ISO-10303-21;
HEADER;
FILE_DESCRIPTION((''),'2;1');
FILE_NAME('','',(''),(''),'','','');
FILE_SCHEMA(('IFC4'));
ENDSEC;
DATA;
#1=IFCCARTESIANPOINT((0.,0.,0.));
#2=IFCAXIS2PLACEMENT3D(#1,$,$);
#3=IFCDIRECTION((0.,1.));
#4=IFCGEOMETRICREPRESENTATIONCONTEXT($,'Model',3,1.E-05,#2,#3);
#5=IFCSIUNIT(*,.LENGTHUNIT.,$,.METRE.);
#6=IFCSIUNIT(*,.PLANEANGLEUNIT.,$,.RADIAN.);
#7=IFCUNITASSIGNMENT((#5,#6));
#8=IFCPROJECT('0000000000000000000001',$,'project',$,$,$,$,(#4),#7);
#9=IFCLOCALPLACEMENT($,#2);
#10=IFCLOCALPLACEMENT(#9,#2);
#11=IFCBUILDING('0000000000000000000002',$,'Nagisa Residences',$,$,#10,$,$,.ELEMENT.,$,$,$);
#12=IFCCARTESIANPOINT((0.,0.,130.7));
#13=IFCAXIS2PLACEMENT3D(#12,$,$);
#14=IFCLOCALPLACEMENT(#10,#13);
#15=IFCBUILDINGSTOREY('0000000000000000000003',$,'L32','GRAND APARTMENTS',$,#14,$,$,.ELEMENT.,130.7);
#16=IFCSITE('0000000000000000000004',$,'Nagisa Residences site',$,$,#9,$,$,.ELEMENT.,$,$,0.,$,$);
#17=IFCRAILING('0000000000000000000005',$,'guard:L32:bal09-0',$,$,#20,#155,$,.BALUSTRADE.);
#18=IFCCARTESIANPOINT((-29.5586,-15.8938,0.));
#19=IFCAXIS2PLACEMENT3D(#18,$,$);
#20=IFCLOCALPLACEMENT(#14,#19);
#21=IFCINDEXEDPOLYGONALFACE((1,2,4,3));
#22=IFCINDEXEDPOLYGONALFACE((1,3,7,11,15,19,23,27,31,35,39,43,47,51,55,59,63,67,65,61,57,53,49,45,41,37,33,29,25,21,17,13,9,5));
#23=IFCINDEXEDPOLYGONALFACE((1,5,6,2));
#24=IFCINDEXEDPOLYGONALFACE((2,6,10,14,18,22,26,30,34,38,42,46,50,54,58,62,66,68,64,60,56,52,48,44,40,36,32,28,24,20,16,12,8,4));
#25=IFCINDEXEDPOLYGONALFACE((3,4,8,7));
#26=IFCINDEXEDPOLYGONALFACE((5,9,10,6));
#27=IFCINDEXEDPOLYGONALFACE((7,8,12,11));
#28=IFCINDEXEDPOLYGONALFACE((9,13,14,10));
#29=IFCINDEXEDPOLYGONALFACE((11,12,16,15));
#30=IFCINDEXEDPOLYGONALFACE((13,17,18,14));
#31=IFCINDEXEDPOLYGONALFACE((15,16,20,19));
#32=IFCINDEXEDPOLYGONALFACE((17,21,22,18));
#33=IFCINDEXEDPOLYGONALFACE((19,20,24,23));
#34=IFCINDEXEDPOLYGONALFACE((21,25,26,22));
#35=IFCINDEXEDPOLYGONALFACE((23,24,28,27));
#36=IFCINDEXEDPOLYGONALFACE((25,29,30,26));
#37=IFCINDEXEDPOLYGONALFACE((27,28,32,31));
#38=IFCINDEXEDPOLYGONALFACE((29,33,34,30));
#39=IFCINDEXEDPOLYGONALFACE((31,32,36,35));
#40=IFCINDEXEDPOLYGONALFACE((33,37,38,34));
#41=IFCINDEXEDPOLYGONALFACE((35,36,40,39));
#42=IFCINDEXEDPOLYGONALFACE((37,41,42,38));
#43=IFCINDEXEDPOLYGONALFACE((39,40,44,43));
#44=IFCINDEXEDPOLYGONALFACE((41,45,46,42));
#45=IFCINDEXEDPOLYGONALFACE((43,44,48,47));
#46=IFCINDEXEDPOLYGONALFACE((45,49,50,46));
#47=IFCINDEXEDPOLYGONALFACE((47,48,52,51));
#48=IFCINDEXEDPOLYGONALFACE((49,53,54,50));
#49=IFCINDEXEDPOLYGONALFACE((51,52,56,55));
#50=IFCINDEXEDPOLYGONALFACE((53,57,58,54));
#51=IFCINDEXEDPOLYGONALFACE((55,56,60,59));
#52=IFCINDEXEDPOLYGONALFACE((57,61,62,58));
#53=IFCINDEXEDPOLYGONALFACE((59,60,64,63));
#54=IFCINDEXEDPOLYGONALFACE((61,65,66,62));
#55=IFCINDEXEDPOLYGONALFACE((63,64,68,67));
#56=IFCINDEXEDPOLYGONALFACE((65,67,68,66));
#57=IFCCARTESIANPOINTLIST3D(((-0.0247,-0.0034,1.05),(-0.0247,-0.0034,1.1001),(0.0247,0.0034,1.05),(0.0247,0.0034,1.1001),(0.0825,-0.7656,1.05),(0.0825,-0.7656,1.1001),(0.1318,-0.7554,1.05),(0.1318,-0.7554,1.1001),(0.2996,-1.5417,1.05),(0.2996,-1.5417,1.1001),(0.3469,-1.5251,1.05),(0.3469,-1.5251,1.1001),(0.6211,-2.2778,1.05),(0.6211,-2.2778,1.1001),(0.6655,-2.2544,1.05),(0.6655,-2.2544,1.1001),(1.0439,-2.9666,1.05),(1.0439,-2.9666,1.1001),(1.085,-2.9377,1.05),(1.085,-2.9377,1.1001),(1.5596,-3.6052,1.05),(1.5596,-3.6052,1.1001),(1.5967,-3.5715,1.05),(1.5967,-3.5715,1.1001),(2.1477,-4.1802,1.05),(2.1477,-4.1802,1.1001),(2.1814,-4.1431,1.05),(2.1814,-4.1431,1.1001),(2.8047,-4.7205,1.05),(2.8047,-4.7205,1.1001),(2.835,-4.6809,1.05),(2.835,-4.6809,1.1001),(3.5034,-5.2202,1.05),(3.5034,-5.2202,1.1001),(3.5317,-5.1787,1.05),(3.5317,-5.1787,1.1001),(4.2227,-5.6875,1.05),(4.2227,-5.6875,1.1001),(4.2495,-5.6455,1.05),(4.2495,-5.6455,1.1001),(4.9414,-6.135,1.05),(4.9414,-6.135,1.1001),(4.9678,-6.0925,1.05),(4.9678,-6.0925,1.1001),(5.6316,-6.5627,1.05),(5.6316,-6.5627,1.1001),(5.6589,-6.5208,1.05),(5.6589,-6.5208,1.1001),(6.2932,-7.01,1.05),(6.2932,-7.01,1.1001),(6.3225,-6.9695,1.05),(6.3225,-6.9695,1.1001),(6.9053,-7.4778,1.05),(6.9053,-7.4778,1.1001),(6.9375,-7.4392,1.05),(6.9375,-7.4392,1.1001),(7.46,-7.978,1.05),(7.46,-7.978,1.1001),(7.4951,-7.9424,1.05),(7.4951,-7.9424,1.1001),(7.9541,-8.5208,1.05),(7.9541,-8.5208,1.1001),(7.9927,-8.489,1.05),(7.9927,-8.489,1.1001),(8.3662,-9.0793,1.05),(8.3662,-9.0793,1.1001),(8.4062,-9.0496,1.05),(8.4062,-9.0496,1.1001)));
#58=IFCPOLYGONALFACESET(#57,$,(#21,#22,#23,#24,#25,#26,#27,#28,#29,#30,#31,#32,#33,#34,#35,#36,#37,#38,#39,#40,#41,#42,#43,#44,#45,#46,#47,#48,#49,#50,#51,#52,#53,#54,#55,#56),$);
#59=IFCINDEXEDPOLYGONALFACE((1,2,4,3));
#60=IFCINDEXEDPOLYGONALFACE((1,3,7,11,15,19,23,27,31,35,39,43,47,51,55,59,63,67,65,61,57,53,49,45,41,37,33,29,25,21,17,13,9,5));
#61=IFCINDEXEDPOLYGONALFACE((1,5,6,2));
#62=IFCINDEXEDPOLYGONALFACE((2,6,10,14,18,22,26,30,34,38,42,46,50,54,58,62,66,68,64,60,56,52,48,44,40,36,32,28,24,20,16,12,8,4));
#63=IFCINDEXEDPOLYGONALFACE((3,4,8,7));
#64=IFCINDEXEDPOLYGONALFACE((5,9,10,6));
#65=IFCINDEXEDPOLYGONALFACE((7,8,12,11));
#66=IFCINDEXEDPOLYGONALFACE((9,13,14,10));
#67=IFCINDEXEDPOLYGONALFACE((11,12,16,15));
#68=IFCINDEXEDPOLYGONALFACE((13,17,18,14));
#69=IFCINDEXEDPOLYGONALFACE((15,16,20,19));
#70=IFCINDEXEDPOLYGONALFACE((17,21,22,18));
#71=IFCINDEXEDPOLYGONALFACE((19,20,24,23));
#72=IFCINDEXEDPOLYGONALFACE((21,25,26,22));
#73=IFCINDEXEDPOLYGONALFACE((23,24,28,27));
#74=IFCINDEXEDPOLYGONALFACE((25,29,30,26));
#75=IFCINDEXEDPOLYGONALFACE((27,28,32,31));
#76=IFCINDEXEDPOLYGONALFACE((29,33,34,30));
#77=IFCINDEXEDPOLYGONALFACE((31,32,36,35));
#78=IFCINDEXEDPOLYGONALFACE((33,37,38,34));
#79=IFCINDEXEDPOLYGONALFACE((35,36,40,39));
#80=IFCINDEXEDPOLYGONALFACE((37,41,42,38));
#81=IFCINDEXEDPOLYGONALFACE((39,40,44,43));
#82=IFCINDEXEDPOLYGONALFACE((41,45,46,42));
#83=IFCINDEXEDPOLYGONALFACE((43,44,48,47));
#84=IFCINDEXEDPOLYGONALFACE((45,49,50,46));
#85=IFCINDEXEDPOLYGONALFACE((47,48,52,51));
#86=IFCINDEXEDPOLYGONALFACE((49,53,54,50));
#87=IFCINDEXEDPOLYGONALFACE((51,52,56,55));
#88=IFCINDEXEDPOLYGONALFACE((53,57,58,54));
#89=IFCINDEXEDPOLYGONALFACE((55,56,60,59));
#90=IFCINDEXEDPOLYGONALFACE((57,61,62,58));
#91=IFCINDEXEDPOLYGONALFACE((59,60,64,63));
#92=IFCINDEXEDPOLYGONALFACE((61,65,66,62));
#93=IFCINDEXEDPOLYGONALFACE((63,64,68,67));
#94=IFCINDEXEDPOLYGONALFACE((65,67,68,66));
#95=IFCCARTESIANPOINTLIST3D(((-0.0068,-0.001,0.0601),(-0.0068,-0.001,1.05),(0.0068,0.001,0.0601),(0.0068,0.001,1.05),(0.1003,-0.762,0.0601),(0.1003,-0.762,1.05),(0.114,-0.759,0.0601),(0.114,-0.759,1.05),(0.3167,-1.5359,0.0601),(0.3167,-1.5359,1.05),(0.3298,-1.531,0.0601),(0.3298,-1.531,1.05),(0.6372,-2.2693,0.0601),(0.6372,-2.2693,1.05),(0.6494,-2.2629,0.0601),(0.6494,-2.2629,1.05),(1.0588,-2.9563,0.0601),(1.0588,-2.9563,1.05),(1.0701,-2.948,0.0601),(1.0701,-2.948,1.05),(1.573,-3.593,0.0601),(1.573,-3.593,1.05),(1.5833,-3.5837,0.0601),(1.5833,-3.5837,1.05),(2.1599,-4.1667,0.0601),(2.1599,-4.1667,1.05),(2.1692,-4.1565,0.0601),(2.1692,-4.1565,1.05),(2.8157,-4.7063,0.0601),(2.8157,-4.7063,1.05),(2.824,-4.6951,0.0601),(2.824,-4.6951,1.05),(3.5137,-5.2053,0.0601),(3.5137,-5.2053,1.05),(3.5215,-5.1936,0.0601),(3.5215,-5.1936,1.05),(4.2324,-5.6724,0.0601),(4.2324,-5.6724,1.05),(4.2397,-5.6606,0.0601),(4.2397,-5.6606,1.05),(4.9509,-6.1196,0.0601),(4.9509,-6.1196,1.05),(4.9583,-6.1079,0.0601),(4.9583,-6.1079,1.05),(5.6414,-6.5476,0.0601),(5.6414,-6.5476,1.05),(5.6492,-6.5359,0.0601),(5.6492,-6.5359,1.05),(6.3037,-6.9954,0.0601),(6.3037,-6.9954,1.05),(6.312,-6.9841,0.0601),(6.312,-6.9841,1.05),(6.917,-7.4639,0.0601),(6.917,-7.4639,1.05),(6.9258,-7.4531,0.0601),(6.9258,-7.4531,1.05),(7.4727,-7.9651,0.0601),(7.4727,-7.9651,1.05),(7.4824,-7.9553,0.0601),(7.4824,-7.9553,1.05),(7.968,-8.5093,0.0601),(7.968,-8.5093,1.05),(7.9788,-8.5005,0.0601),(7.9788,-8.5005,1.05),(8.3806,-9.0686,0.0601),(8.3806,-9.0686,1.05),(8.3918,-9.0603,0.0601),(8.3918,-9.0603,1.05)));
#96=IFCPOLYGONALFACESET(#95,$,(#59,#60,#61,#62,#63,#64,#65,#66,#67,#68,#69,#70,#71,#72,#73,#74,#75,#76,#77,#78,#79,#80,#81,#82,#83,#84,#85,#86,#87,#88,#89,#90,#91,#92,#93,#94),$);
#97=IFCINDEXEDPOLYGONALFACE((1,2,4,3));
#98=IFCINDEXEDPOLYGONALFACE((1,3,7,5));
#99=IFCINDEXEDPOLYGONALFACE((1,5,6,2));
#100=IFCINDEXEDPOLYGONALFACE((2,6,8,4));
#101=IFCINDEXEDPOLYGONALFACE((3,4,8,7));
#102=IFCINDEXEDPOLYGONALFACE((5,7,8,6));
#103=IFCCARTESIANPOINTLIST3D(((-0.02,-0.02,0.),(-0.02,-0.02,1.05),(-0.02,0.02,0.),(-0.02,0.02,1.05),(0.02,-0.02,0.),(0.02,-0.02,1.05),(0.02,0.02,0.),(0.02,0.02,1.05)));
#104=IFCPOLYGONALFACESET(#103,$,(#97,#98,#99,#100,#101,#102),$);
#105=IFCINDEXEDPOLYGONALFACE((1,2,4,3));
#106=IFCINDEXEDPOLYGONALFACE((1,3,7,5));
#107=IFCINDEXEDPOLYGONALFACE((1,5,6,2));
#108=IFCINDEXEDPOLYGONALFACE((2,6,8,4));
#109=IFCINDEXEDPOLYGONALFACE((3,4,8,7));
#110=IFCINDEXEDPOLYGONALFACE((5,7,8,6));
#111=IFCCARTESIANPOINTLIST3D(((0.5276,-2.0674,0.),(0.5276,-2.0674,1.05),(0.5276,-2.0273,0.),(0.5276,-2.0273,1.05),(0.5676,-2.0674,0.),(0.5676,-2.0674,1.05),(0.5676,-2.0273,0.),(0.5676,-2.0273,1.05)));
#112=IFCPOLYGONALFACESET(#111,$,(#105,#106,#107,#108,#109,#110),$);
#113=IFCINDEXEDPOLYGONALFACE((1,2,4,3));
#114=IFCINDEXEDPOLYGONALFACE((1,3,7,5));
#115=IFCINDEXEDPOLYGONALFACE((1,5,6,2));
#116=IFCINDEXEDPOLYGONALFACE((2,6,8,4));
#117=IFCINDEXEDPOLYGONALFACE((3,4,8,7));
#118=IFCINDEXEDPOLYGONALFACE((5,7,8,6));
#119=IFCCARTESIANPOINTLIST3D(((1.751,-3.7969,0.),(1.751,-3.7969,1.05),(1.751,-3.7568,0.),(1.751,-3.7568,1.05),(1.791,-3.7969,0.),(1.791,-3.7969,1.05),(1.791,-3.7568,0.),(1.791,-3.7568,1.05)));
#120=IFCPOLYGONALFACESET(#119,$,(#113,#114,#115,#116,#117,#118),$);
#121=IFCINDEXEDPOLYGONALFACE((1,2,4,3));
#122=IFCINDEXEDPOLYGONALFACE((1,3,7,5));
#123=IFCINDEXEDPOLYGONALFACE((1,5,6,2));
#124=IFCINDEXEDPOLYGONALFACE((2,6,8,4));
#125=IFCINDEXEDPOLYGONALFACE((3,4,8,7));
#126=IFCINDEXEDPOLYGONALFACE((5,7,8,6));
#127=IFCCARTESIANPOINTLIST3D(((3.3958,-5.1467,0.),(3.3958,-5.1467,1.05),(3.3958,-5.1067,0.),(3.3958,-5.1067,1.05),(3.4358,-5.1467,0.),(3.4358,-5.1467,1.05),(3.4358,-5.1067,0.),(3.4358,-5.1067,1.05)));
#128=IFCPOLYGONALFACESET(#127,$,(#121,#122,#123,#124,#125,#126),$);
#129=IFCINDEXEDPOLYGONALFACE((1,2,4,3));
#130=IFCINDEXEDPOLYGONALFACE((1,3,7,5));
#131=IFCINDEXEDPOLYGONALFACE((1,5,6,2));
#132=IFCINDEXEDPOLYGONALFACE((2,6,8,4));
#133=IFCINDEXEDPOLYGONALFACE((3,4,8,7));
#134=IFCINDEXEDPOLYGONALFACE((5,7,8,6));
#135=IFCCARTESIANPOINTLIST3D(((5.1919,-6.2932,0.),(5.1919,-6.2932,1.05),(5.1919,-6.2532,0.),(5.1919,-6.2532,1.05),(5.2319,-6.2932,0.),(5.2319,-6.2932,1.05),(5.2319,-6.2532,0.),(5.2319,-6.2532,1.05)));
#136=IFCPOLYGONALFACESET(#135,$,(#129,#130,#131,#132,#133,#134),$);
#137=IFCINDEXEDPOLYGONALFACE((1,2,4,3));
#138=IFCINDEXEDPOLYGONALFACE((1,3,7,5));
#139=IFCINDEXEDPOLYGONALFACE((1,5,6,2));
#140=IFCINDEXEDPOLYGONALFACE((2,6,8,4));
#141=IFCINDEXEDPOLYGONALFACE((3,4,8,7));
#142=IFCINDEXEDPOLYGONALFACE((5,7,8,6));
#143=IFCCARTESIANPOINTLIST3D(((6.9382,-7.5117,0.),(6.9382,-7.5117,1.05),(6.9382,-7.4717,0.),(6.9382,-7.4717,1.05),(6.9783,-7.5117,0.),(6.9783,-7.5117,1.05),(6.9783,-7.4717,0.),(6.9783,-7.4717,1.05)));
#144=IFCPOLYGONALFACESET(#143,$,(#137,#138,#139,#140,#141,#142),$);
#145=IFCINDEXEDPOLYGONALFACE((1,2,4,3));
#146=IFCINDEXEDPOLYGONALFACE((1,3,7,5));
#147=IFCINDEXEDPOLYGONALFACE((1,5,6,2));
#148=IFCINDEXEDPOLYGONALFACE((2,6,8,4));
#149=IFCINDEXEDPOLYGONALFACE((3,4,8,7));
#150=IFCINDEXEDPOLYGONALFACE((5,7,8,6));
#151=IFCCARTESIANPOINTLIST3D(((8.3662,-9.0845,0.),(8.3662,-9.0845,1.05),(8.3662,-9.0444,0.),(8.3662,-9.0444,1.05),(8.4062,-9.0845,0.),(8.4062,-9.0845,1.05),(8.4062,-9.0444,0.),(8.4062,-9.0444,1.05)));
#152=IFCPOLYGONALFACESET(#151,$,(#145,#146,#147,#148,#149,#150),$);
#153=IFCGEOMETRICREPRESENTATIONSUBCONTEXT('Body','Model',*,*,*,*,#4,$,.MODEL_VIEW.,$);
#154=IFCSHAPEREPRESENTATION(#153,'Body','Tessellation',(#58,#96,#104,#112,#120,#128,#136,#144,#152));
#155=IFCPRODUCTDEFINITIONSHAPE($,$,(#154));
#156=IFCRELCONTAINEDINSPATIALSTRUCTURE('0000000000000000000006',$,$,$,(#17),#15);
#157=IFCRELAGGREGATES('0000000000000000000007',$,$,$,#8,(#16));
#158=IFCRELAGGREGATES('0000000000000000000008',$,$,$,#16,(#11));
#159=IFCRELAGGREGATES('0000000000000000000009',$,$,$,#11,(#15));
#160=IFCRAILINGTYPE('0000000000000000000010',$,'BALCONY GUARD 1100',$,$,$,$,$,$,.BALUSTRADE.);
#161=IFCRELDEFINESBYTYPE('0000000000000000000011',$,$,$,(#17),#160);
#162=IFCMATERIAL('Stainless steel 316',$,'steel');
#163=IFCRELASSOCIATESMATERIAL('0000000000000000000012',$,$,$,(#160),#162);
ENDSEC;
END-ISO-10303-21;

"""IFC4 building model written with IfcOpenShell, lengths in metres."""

from ifc_helpers import new_model, si_unit, direction, frame, origin, origin_2d, place, context, subcontext, project, spatial, polyline, rectangle, outline, extrude, material, type_object, element, save


model = new_model("IFC4")

# Units and contexts
model_context = context("Model", 3, precision=1e-05, world=origin(), true_north=direction((0.0, 1.0)))
body_context = subcontext(model_context, "Body", "Model", "MODEL_VIEW")
ifc_project = project(units=[si_unit("LENGTHUNIT", "METRE"), si_unit("PLANEANGLEUNIT", "RADIAN")], contexts=[model_context])

# Site, building, storey
site_placement = place(None, origin())
site = spatial("IfcSite", under=ifc_project, at=site_placement, Name="Nagisa Residences site", CompositionType="ELEMENT", RefElevation=0.0)
building_placement = place(site_placement, origin())
building = spatial("IfcBuilding", under=site, at=building_placement, Name="Nagisa Residences", CompositionType="ELEMENT")
storey_placement = place(building_placement, frame((0.0, 0.0, 130.7)))
storey = spatial("IfcBuildingStorey", under=building, at=storey_placement, Name="L32", Description="GRAND APARTMENTS", CompositionType="ELEMENT", Elevation=130.7)

# Railing
ifc_material_1 = material(Name="Stainless steel 316", Category="steel")
railing_type = type_object("IfcRailingType", Name="BALCONY GUARD 1100", PredefinedType="BALUSTRADE", material=ifc_material_1)
railing_1_placement = place(storey_placement, frame((-29.5586, -15.8938, 0.0)))
element("IfcRailing", 1, at=railing_1_placement, inside=storey, type_object=railing_type, Name="guard:L32:bal09-0", PredefinedType="BALUSTRADE", context=body_context, shape_type="SweptSolid", body=[
    extrude(outline(polyline([(0.1318, -0.7554), (0.0247, 0.0034), (-0.0247, -0.0034), (0.0825, -0.7656), (0.2996, -1.5417), (0.6211, -2.2778), (1.0439, -2.9666), (1.5596, -3.6052), (2.1477, -4.1802), (2.8047, -4.7205), (3.5034, -5.2202), (4.2227, -5.6875), (4.9414, -6.135), (5.6316, -6.5627), (6.2932, -7.01), (6.9053, -7.4778), (7.46, -7.978), (7.9541, -8.5208), (8.3662, -9.0793), (8.4062, -9.0496), (7.9927, -8.489), (7.4951, -7.9424), (6.9375, -7.4392), (6.3225, -6.9695), (5.6589, -6.5208), (4.9678, -6.0925), (4.2495, -5.6455), (3.5317, -5.1787), (2.835, -4.6809), (2.1814, -4.1431), (1.5967, -3.5715), (1.085, -2.9377), (0.6655, -2.2544), (0.3469, -1.5251), (0.1318, -0.7554)])), frame((0.0, 0.0, 1.05)), (0.0, 0.0, 1.0), 0.05),
    extrude(outline(polyline([(0.114, -0.759), (0.0068, 0.001), (-0.0068, -0.001), (0.1003, -0.762), (0.3167, -1.5359), (0.6372, -2.2693), (1.0588, -2.9563), (1.573, -3.593), (2.1599, -4.1667), (2.8157, -4.7063), (3.5137, -5.2053), (4.2324, -5.6724), (4.9509, -6.1196), (5.6414, -6.5476), (6.3037, -6.9954), (6.917, -7.4639), (7.4727, -7.9651), (7.968, -8.5093), (8.3806, -9.0686), (8.3918, -9.0603), (7.9788, -8.5005), (7.4824, -7.9553), (6.9258, -7.4531), (6.312, -6.9841), (5.6492, -6.5359), (4.9583, -6.1079), (4.2397, -5.6606), (3.5215, -5.1936), (2.824, -4.6951), (2.1692, -4.1565), (1.5833, -3.5837), (1.0701, -2.948), (0.6494, -2.2629), (0.3298, -1.531), (0.114, -0.759)])), frame((0.0, 0.0, 0.0601)), (0.0, 0.0, 1.0), 0.99),
    extrude(rectangle(XDim=0.04, YDim=0.04, at=origin_2d()), origin(), (0.0, 0.0, 1.0), 1.05),
    extrude(rectangle(XDim=0.04, YDim=0.04, at=origin_2d()), frame((0.5476, -2.0474, 0.0)), (0.0, 0.0, 1.0), 1.05),
    extrude(rectangle(XDim=0.04, YDim=0.04, at=origin_2d()), frame((1.771, -3.7769, 0.0)), (0.0, 0.0, 1.0), 1.05),
    extrude(rectangle(XDim=0.04, YDim=0.04, at=origin_2d()), frame((3.4158, -5.1267, 0.0)), (0.0, 0.0, 1.0), 1.05),
    extrude(rectangle(XDim=0.04, YDim=0.04, at=origin_2d()), frame((5.2119, -6.2732, 0.0)), (0.0, 0.0, 1.0), 1.05),
    extrude(rectangle(XDim=0.04, YDim=0.04, at=origin_2d()), frame((6.9583, -7.4917, 0.0)), (0.0, 0.0, 1.0), 1.05),
    extrude(rectangle(XDim=0.04, YDim=0.04, at=origin_2d()), frame((8.3862, -9.0645, 0.0)), (0.0, 0.0, 1.0), 1.05),
])

save(model, "model.ifc")
